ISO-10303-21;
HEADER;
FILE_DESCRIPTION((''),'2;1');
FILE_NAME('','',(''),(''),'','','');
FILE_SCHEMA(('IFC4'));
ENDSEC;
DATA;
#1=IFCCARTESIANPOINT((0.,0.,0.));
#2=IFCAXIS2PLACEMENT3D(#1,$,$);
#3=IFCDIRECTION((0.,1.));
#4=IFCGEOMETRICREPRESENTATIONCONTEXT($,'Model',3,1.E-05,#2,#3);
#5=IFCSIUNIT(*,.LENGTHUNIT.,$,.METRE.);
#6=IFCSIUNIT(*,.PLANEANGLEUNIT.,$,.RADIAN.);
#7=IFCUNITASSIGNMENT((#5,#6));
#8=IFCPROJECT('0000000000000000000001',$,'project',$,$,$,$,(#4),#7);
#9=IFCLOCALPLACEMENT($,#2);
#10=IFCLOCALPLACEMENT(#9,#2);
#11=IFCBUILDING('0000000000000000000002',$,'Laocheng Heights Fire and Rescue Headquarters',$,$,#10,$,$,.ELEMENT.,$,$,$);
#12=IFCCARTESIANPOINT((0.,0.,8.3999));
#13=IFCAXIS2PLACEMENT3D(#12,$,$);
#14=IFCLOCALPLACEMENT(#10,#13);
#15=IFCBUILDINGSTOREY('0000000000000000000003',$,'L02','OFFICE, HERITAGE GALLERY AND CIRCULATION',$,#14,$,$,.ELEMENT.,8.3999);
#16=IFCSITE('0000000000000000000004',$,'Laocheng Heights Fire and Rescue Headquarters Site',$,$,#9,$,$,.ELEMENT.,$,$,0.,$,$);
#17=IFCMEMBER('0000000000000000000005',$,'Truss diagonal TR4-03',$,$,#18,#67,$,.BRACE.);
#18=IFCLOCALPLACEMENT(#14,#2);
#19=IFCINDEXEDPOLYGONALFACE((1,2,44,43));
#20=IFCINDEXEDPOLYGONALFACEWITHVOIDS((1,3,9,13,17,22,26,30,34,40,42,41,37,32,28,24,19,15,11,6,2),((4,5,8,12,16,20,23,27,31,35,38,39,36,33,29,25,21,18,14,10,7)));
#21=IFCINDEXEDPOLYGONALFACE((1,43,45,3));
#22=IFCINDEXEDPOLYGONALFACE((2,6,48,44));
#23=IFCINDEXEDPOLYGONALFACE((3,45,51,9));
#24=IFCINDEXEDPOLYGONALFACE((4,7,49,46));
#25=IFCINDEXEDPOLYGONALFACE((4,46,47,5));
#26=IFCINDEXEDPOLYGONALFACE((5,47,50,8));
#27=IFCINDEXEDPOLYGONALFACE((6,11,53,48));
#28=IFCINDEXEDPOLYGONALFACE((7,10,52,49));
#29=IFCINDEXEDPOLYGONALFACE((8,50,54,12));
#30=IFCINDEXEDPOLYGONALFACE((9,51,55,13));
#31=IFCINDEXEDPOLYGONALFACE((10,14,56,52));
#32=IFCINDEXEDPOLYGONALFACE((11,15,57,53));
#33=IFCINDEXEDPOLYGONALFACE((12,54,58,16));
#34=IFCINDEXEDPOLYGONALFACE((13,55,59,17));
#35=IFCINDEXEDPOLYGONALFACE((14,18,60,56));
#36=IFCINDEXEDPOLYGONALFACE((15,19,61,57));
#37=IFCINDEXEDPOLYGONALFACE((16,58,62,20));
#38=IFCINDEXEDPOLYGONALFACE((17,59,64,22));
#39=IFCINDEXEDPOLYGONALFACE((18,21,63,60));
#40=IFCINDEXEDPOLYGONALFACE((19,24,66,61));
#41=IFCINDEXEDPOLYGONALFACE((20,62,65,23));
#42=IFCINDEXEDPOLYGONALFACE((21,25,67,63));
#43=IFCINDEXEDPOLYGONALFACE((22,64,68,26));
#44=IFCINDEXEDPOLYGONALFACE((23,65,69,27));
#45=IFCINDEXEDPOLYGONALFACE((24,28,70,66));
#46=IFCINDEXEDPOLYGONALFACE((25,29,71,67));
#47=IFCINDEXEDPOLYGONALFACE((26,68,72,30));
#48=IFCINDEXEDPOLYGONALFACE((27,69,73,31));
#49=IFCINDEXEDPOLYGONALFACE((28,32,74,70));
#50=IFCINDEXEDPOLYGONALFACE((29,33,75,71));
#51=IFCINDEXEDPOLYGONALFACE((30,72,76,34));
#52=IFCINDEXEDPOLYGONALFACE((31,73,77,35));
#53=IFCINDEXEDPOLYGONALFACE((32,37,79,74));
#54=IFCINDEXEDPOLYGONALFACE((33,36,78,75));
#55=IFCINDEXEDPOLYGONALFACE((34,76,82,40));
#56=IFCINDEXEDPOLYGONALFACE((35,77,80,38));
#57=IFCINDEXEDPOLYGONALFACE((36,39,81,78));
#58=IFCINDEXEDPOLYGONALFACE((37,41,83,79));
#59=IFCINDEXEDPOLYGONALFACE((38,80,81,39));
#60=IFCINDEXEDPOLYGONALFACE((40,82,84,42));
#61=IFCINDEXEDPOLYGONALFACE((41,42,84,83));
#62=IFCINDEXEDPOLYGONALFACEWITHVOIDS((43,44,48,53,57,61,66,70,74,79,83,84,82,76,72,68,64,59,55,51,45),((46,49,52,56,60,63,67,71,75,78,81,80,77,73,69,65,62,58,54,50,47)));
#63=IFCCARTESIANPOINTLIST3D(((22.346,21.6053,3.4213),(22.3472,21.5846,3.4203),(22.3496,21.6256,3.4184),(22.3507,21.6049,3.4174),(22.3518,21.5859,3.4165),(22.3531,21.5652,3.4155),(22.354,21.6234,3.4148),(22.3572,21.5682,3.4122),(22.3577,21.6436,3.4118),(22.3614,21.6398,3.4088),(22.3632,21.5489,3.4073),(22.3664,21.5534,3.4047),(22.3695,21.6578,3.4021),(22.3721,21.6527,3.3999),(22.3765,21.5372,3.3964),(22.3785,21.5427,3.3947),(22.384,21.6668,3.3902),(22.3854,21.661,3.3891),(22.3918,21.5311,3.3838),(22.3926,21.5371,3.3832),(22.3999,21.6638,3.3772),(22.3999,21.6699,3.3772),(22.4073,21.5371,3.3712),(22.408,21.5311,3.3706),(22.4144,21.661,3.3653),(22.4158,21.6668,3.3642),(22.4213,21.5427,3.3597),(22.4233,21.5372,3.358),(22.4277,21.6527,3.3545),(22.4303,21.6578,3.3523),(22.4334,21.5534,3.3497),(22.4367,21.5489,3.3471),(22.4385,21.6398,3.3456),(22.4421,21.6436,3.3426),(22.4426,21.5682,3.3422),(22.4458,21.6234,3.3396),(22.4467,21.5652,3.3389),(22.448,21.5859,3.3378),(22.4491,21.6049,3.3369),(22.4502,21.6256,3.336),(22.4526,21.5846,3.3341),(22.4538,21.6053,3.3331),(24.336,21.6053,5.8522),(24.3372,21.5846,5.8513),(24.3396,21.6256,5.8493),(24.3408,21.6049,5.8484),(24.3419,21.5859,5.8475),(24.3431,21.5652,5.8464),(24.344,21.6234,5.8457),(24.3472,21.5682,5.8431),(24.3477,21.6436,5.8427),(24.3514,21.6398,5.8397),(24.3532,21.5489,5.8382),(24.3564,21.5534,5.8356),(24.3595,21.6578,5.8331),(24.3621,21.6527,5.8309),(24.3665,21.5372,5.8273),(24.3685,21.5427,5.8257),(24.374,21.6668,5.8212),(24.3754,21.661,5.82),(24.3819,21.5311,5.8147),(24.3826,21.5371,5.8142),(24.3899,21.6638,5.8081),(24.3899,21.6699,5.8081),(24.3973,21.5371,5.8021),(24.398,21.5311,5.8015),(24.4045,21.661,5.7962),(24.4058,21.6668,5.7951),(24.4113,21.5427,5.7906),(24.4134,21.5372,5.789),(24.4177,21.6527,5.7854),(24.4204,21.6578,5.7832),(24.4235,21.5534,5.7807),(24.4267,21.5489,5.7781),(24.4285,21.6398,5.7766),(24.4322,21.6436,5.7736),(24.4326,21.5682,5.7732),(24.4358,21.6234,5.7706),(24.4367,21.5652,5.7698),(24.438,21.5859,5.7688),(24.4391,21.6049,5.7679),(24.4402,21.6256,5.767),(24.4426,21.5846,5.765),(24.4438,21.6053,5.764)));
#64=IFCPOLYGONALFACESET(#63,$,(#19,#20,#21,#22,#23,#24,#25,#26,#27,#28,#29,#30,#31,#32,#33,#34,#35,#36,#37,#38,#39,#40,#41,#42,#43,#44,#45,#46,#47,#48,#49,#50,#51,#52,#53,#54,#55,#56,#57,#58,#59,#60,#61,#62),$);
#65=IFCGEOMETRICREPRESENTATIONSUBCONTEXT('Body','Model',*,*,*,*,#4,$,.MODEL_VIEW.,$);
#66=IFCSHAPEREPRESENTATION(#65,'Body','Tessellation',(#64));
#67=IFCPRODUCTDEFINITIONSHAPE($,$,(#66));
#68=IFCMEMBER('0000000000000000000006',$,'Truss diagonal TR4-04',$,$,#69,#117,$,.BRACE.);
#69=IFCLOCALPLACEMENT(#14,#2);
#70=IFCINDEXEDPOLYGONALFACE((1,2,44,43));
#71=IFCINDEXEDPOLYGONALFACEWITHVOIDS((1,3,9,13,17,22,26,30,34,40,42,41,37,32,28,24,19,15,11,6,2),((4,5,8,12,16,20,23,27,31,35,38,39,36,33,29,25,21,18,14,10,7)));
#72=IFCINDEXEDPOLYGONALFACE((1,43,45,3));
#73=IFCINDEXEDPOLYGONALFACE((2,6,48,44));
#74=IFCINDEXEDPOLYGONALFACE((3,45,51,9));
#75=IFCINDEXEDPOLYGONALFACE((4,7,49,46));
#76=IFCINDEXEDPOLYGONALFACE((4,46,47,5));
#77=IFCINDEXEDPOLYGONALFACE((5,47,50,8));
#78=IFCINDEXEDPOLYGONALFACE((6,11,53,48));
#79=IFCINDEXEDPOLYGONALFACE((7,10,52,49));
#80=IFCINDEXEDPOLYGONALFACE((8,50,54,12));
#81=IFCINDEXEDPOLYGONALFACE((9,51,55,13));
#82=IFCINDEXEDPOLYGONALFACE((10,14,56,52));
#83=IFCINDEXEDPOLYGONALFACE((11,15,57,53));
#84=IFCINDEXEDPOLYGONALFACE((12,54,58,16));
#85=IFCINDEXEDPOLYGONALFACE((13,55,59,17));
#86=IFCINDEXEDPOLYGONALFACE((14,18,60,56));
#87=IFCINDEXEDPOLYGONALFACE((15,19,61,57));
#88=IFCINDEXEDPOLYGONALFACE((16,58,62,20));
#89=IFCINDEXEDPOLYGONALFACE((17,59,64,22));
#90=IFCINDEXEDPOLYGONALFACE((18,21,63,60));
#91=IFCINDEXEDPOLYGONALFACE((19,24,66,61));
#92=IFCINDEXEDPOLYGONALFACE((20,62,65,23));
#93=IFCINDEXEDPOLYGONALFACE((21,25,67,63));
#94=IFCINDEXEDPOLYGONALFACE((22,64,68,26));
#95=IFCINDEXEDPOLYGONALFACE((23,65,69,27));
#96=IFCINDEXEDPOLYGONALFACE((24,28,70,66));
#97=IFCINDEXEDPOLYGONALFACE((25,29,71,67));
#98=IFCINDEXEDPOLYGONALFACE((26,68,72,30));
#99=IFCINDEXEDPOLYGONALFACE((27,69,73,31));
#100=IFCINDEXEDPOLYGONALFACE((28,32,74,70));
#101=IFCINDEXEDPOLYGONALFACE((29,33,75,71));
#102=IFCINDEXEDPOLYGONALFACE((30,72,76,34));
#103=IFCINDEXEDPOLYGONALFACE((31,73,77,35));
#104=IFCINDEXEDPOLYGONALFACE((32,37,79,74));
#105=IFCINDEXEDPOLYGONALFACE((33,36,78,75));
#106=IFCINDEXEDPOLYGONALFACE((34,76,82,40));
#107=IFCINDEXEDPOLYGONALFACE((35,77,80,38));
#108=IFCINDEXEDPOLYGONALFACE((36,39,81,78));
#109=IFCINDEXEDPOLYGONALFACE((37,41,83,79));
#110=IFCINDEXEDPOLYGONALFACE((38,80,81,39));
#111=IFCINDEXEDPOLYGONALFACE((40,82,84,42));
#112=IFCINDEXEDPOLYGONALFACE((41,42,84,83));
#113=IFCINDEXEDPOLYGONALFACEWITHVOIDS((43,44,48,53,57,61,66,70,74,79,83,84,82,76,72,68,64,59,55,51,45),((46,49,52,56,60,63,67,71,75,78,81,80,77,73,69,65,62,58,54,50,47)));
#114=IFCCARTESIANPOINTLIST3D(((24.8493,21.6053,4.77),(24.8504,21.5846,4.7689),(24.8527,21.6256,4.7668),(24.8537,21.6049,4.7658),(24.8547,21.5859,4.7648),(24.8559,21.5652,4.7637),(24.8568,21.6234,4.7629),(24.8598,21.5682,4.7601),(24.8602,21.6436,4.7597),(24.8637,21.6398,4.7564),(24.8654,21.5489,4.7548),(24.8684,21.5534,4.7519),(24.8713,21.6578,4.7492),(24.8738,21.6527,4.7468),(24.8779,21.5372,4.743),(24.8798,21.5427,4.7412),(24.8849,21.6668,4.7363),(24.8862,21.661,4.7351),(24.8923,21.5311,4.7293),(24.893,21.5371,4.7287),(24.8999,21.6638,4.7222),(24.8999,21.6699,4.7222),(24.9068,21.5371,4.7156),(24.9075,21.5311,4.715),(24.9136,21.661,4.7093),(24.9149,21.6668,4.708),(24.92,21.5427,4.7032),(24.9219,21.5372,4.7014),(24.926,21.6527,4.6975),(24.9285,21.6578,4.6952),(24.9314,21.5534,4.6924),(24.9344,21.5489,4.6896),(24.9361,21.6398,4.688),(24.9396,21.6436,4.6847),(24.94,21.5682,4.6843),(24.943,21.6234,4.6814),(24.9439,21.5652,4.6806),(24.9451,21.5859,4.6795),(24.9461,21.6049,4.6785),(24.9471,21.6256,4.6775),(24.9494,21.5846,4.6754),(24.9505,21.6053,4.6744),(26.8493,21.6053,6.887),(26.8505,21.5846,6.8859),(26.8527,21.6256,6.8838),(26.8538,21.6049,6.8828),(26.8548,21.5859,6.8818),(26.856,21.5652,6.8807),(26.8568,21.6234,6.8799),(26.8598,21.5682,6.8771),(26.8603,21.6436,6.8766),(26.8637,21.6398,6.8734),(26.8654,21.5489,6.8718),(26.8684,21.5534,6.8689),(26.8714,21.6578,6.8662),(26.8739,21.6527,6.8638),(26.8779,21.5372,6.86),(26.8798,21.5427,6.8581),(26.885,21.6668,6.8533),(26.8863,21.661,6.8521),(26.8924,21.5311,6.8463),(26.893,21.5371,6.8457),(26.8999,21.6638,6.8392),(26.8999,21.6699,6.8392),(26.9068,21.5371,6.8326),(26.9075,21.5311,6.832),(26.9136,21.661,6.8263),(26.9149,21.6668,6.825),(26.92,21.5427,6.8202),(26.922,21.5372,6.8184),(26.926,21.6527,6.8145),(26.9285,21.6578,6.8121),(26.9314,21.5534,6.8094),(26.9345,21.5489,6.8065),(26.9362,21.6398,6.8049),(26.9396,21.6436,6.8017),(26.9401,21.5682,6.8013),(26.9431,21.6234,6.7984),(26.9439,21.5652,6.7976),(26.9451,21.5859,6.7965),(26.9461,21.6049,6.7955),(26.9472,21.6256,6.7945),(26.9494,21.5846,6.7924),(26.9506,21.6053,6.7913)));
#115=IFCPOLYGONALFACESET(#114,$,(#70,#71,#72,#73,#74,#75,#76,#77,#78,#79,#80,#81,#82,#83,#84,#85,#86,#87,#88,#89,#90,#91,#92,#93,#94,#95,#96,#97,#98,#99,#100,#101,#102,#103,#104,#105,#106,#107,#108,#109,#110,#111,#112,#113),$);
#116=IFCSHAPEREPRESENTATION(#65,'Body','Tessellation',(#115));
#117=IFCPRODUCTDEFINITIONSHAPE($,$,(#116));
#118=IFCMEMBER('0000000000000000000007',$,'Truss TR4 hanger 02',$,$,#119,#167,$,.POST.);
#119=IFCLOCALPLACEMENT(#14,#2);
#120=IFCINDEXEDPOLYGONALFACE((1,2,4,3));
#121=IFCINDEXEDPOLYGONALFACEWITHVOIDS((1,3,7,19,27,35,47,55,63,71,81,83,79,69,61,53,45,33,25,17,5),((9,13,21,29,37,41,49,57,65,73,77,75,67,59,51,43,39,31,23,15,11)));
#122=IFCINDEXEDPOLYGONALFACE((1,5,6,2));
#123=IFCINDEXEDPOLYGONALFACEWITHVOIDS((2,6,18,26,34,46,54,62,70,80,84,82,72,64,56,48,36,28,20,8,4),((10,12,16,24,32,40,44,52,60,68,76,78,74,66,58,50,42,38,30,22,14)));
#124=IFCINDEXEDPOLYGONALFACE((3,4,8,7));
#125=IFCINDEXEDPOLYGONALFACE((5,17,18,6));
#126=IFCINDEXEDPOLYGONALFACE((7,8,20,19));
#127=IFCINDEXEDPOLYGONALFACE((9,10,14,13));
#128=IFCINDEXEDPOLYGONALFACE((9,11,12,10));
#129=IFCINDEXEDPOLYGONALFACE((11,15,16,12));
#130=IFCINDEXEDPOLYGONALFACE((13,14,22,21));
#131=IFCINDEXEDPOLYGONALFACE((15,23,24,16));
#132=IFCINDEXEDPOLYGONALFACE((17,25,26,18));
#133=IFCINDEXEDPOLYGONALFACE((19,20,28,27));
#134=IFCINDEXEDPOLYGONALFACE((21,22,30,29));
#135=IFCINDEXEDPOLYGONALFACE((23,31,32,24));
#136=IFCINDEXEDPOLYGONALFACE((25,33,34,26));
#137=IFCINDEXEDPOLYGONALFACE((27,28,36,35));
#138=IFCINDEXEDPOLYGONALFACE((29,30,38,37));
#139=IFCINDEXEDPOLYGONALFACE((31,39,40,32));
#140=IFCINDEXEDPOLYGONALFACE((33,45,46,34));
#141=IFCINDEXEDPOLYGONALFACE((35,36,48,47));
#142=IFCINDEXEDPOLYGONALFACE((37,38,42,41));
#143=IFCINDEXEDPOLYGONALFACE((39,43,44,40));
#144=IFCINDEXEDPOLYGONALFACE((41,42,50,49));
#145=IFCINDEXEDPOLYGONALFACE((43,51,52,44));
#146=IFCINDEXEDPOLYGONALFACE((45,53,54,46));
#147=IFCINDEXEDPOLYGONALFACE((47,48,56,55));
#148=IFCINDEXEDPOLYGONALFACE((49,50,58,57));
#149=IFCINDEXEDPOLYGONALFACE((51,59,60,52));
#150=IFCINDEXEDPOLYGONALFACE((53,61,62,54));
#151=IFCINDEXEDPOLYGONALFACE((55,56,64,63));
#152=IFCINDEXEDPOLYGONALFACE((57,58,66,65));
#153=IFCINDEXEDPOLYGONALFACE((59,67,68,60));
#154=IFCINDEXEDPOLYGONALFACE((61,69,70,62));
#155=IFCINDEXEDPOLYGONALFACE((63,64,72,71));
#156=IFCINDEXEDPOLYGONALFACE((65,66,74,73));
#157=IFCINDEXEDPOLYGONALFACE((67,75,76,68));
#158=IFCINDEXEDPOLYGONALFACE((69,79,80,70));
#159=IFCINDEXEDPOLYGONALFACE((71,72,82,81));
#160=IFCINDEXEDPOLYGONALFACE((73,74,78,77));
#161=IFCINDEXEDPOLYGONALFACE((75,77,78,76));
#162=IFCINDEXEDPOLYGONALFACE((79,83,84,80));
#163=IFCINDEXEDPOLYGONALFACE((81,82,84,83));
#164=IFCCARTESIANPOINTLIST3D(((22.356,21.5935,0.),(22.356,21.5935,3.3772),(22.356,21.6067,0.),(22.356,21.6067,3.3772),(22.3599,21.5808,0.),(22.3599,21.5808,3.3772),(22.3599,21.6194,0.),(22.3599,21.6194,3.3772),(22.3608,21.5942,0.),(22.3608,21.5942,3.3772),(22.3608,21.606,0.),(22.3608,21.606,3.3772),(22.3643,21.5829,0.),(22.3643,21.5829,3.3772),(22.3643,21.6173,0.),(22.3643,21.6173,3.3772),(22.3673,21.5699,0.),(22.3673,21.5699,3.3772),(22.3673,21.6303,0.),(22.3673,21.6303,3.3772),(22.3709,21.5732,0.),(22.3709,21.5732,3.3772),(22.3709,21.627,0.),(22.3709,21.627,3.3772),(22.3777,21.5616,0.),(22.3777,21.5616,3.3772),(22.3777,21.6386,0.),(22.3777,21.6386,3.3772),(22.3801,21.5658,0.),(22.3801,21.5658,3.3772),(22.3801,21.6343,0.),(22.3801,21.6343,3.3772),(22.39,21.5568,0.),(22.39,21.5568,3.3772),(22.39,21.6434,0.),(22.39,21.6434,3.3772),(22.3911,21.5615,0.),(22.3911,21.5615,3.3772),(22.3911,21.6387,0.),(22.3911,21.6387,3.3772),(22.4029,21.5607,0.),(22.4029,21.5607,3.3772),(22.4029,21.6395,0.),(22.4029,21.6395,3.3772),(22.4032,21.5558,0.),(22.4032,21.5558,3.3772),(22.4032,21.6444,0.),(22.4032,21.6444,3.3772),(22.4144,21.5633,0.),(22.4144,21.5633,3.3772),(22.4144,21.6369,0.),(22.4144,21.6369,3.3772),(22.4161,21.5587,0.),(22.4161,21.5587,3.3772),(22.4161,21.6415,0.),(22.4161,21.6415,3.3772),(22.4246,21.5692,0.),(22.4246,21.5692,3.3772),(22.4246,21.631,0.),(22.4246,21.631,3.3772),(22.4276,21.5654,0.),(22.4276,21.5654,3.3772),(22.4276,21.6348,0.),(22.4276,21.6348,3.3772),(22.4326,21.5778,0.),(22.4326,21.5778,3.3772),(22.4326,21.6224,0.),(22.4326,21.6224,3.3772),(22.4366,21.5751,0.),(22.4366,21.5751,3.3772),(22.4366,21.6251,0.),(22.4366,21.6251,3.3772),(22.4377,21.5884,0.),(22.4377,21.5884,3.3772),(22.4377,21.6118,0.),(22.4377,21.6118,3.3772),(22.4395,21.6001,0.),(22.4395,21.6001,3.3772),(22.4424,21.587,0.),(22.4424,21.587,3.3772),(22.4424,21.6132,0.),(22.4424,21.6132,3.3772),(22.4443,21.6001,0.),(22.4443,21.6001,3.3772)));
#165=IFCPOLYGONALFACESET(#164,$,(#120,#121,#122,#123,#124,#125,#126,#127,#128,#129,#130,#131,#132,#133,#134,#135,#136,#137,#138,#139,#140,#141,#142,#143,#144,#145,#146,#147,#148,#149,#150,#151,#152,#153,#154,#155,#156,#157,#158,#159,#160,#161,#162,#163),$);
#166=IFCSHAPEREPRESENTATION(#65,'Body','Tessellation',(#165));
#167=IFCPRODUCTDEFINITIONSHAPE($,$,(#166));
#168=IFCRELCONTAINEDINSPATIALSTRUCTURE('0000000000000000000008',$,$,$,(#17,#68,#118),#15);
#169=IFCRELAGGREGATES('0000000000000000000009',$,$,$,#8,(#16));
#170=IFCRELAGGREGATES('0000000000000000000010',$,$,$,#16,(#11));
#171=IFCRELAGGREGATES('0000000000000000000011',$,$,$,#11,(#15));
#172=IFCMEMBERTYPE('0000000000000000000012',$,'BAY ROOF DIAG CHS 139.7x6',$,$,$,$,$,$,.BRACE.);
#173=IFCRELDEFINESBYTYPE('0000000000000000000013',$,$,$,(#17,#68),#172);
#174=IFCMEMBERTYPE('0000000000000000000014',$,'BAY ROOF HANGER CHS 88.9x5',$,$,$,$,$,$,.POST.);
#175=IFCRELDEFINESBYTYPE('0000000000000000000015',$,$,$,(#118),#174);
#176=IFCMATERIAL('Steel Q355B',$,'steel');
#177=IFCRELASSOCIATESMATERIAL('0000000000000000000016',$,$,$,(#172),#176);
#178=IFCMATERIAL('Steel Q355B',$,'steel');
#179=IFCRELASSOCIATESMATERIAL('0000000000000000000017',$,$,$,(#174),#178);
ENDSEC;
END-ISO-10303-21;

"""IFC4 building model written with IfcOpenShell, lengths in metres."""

from ifc_helpers import new_model, si_unit, direction, frame, origin, origin_2d, place, context, subcontext, project, spatial, hollow_circle, extrude, material, material_profile, profile_set, type_object, element, save


model = new_model("IFC4")

# Units and contexts
model_context = context("Model", 3, precision=1e-05, world=origin(), true_north=direction((0.0, 1.0)))
body_context = subcontext(model_context, "Body", "Model", "MODEL_VIEW")
ifc_project = project(units=[si_unit("LENGTHUNIT", "METRE"), si_unit("PLANEANGLEUNIT", "RADIAN")], contexts=[model_context])

# Site, building, storey
site_placement = place(None, origin())
site = spatial("IfcSite", under=ifc_project, at=site_placement, Name="Laocheng Heights Fire and Rescue Headquarters Site", CompositionType="ELEMENT", RefElevation=0.0)
building_placement = place(site_placement, origin())
building = spatial("IfcBuilding", under=site, at=building_placement, Name="Laocheng Heights Fire and Rescue Headquarters", CompositionType="ELEMENT")
storey_placement = place(building_placement, frame((0.0, 0.0, 8.3999)))
storey = spatial("IfcBuildingStorey", under=building, at=storey_placement, Name="L02", Description="OFFICE, HERITAGE GALLERY AND CIRCULATION", CompositionType="ELEMENT", Elevation=8.3999)

# Members
ifc_material_1 = material(Name="Steel Q355B", Category="steel")
ifc_material_profile_1 = material_profile(ifc_material_1, hollow_circle(Radius=0.0698, WallThickness=0.0061, at=origin_2d()), Name="CHS 139.7x6")
ifc_profile_set_1 = profile_set([ifc_material_profile_1], Name="Steel Q355B")
member_type_1 = type_object("IfcMemberType", Name="BAY ROOF DIAG CHS 139.7x6", PredefinedType="BRACE", material=ifc_profile_set_1)
member_1_placement = place(storey_placement, frame((22.3999, 21.6001, 3.3772), z_axis=(0.633441, 0.0, 0.773791), x_axis=(0.0, 1.0, 0.0)))
element("IfcMember", 1, at=member_1_placement, inside=storey, type_object=member_type_1, Name="Truss diagonal TR4-03", PredefinedType="BRACE", context=body_context, shape_type="SweptSolid", body=[
    extrude(hollow_circle(Radius=0.0698, WallThickness=0.0061, at=origin_2d()), origin(), (0.0, 0.0, 1.0), 3.1416),
])
member_2_placement = place(storey_placement, frame((24.8999, 21.6001, 4.7222), z_axis=(0.686744, 0.0, 0.726899), x_axis=(0.0, 1.0, 0.0)))
element("IfcMember", 2, at=member_2_placement, inside=storey, type_object=member_type_1, Name="Truss diagonal TR4-04", PredefinedType="BRACE", context=body_context, shape_type="SweptSolid", body=[
    extrude(hollow_circle(Radius=0.0698, WallThickness=0.0061, at=origin_2d()), origin(), (0.0, 0.0, 1.0), 2.9124),
])
ifc_material_2 = material(Name="Steel Q355B", Category="steel")
ifc_material_profile_2 = material_profile(ifc_material_2, hollow_circle(Radius=0.0444, WallThickness=0.0049, at=origin_2d()), Name="CHS 88.9x5")
ifc_profile_set_2 = profile_set([ifc_material_profile_2], Name="Steel Q355B")
member_type_2 = type_object("IfcMemberType", Name="BAY ROOF HANGER CHS 88.9x5", PredefinedType="POST", material=ifc_profile_set_2)
member_3_placement = place(storey_placement, frame((22.3999, 21.6001, 0.0), z_axis=(0.0, 0.0, 1.0), x_axis=(1.0, 0.0, 0.0)))
element("IfcMember", 3, at=member_3_placement, inside=storey, type_object=member_type_2, Name="Truss TR4 hanger 02", PredefinedType="POST", context=body_context, shape_type="SweptSolid", body=[
    extrude(hollow_circle(Radius=0.0444, WallThickness=0.0049, at=origin_2d()), origin(), (0.0, 0.0, 1.0), 3.3772),
])

save(model, "model.ifc")
